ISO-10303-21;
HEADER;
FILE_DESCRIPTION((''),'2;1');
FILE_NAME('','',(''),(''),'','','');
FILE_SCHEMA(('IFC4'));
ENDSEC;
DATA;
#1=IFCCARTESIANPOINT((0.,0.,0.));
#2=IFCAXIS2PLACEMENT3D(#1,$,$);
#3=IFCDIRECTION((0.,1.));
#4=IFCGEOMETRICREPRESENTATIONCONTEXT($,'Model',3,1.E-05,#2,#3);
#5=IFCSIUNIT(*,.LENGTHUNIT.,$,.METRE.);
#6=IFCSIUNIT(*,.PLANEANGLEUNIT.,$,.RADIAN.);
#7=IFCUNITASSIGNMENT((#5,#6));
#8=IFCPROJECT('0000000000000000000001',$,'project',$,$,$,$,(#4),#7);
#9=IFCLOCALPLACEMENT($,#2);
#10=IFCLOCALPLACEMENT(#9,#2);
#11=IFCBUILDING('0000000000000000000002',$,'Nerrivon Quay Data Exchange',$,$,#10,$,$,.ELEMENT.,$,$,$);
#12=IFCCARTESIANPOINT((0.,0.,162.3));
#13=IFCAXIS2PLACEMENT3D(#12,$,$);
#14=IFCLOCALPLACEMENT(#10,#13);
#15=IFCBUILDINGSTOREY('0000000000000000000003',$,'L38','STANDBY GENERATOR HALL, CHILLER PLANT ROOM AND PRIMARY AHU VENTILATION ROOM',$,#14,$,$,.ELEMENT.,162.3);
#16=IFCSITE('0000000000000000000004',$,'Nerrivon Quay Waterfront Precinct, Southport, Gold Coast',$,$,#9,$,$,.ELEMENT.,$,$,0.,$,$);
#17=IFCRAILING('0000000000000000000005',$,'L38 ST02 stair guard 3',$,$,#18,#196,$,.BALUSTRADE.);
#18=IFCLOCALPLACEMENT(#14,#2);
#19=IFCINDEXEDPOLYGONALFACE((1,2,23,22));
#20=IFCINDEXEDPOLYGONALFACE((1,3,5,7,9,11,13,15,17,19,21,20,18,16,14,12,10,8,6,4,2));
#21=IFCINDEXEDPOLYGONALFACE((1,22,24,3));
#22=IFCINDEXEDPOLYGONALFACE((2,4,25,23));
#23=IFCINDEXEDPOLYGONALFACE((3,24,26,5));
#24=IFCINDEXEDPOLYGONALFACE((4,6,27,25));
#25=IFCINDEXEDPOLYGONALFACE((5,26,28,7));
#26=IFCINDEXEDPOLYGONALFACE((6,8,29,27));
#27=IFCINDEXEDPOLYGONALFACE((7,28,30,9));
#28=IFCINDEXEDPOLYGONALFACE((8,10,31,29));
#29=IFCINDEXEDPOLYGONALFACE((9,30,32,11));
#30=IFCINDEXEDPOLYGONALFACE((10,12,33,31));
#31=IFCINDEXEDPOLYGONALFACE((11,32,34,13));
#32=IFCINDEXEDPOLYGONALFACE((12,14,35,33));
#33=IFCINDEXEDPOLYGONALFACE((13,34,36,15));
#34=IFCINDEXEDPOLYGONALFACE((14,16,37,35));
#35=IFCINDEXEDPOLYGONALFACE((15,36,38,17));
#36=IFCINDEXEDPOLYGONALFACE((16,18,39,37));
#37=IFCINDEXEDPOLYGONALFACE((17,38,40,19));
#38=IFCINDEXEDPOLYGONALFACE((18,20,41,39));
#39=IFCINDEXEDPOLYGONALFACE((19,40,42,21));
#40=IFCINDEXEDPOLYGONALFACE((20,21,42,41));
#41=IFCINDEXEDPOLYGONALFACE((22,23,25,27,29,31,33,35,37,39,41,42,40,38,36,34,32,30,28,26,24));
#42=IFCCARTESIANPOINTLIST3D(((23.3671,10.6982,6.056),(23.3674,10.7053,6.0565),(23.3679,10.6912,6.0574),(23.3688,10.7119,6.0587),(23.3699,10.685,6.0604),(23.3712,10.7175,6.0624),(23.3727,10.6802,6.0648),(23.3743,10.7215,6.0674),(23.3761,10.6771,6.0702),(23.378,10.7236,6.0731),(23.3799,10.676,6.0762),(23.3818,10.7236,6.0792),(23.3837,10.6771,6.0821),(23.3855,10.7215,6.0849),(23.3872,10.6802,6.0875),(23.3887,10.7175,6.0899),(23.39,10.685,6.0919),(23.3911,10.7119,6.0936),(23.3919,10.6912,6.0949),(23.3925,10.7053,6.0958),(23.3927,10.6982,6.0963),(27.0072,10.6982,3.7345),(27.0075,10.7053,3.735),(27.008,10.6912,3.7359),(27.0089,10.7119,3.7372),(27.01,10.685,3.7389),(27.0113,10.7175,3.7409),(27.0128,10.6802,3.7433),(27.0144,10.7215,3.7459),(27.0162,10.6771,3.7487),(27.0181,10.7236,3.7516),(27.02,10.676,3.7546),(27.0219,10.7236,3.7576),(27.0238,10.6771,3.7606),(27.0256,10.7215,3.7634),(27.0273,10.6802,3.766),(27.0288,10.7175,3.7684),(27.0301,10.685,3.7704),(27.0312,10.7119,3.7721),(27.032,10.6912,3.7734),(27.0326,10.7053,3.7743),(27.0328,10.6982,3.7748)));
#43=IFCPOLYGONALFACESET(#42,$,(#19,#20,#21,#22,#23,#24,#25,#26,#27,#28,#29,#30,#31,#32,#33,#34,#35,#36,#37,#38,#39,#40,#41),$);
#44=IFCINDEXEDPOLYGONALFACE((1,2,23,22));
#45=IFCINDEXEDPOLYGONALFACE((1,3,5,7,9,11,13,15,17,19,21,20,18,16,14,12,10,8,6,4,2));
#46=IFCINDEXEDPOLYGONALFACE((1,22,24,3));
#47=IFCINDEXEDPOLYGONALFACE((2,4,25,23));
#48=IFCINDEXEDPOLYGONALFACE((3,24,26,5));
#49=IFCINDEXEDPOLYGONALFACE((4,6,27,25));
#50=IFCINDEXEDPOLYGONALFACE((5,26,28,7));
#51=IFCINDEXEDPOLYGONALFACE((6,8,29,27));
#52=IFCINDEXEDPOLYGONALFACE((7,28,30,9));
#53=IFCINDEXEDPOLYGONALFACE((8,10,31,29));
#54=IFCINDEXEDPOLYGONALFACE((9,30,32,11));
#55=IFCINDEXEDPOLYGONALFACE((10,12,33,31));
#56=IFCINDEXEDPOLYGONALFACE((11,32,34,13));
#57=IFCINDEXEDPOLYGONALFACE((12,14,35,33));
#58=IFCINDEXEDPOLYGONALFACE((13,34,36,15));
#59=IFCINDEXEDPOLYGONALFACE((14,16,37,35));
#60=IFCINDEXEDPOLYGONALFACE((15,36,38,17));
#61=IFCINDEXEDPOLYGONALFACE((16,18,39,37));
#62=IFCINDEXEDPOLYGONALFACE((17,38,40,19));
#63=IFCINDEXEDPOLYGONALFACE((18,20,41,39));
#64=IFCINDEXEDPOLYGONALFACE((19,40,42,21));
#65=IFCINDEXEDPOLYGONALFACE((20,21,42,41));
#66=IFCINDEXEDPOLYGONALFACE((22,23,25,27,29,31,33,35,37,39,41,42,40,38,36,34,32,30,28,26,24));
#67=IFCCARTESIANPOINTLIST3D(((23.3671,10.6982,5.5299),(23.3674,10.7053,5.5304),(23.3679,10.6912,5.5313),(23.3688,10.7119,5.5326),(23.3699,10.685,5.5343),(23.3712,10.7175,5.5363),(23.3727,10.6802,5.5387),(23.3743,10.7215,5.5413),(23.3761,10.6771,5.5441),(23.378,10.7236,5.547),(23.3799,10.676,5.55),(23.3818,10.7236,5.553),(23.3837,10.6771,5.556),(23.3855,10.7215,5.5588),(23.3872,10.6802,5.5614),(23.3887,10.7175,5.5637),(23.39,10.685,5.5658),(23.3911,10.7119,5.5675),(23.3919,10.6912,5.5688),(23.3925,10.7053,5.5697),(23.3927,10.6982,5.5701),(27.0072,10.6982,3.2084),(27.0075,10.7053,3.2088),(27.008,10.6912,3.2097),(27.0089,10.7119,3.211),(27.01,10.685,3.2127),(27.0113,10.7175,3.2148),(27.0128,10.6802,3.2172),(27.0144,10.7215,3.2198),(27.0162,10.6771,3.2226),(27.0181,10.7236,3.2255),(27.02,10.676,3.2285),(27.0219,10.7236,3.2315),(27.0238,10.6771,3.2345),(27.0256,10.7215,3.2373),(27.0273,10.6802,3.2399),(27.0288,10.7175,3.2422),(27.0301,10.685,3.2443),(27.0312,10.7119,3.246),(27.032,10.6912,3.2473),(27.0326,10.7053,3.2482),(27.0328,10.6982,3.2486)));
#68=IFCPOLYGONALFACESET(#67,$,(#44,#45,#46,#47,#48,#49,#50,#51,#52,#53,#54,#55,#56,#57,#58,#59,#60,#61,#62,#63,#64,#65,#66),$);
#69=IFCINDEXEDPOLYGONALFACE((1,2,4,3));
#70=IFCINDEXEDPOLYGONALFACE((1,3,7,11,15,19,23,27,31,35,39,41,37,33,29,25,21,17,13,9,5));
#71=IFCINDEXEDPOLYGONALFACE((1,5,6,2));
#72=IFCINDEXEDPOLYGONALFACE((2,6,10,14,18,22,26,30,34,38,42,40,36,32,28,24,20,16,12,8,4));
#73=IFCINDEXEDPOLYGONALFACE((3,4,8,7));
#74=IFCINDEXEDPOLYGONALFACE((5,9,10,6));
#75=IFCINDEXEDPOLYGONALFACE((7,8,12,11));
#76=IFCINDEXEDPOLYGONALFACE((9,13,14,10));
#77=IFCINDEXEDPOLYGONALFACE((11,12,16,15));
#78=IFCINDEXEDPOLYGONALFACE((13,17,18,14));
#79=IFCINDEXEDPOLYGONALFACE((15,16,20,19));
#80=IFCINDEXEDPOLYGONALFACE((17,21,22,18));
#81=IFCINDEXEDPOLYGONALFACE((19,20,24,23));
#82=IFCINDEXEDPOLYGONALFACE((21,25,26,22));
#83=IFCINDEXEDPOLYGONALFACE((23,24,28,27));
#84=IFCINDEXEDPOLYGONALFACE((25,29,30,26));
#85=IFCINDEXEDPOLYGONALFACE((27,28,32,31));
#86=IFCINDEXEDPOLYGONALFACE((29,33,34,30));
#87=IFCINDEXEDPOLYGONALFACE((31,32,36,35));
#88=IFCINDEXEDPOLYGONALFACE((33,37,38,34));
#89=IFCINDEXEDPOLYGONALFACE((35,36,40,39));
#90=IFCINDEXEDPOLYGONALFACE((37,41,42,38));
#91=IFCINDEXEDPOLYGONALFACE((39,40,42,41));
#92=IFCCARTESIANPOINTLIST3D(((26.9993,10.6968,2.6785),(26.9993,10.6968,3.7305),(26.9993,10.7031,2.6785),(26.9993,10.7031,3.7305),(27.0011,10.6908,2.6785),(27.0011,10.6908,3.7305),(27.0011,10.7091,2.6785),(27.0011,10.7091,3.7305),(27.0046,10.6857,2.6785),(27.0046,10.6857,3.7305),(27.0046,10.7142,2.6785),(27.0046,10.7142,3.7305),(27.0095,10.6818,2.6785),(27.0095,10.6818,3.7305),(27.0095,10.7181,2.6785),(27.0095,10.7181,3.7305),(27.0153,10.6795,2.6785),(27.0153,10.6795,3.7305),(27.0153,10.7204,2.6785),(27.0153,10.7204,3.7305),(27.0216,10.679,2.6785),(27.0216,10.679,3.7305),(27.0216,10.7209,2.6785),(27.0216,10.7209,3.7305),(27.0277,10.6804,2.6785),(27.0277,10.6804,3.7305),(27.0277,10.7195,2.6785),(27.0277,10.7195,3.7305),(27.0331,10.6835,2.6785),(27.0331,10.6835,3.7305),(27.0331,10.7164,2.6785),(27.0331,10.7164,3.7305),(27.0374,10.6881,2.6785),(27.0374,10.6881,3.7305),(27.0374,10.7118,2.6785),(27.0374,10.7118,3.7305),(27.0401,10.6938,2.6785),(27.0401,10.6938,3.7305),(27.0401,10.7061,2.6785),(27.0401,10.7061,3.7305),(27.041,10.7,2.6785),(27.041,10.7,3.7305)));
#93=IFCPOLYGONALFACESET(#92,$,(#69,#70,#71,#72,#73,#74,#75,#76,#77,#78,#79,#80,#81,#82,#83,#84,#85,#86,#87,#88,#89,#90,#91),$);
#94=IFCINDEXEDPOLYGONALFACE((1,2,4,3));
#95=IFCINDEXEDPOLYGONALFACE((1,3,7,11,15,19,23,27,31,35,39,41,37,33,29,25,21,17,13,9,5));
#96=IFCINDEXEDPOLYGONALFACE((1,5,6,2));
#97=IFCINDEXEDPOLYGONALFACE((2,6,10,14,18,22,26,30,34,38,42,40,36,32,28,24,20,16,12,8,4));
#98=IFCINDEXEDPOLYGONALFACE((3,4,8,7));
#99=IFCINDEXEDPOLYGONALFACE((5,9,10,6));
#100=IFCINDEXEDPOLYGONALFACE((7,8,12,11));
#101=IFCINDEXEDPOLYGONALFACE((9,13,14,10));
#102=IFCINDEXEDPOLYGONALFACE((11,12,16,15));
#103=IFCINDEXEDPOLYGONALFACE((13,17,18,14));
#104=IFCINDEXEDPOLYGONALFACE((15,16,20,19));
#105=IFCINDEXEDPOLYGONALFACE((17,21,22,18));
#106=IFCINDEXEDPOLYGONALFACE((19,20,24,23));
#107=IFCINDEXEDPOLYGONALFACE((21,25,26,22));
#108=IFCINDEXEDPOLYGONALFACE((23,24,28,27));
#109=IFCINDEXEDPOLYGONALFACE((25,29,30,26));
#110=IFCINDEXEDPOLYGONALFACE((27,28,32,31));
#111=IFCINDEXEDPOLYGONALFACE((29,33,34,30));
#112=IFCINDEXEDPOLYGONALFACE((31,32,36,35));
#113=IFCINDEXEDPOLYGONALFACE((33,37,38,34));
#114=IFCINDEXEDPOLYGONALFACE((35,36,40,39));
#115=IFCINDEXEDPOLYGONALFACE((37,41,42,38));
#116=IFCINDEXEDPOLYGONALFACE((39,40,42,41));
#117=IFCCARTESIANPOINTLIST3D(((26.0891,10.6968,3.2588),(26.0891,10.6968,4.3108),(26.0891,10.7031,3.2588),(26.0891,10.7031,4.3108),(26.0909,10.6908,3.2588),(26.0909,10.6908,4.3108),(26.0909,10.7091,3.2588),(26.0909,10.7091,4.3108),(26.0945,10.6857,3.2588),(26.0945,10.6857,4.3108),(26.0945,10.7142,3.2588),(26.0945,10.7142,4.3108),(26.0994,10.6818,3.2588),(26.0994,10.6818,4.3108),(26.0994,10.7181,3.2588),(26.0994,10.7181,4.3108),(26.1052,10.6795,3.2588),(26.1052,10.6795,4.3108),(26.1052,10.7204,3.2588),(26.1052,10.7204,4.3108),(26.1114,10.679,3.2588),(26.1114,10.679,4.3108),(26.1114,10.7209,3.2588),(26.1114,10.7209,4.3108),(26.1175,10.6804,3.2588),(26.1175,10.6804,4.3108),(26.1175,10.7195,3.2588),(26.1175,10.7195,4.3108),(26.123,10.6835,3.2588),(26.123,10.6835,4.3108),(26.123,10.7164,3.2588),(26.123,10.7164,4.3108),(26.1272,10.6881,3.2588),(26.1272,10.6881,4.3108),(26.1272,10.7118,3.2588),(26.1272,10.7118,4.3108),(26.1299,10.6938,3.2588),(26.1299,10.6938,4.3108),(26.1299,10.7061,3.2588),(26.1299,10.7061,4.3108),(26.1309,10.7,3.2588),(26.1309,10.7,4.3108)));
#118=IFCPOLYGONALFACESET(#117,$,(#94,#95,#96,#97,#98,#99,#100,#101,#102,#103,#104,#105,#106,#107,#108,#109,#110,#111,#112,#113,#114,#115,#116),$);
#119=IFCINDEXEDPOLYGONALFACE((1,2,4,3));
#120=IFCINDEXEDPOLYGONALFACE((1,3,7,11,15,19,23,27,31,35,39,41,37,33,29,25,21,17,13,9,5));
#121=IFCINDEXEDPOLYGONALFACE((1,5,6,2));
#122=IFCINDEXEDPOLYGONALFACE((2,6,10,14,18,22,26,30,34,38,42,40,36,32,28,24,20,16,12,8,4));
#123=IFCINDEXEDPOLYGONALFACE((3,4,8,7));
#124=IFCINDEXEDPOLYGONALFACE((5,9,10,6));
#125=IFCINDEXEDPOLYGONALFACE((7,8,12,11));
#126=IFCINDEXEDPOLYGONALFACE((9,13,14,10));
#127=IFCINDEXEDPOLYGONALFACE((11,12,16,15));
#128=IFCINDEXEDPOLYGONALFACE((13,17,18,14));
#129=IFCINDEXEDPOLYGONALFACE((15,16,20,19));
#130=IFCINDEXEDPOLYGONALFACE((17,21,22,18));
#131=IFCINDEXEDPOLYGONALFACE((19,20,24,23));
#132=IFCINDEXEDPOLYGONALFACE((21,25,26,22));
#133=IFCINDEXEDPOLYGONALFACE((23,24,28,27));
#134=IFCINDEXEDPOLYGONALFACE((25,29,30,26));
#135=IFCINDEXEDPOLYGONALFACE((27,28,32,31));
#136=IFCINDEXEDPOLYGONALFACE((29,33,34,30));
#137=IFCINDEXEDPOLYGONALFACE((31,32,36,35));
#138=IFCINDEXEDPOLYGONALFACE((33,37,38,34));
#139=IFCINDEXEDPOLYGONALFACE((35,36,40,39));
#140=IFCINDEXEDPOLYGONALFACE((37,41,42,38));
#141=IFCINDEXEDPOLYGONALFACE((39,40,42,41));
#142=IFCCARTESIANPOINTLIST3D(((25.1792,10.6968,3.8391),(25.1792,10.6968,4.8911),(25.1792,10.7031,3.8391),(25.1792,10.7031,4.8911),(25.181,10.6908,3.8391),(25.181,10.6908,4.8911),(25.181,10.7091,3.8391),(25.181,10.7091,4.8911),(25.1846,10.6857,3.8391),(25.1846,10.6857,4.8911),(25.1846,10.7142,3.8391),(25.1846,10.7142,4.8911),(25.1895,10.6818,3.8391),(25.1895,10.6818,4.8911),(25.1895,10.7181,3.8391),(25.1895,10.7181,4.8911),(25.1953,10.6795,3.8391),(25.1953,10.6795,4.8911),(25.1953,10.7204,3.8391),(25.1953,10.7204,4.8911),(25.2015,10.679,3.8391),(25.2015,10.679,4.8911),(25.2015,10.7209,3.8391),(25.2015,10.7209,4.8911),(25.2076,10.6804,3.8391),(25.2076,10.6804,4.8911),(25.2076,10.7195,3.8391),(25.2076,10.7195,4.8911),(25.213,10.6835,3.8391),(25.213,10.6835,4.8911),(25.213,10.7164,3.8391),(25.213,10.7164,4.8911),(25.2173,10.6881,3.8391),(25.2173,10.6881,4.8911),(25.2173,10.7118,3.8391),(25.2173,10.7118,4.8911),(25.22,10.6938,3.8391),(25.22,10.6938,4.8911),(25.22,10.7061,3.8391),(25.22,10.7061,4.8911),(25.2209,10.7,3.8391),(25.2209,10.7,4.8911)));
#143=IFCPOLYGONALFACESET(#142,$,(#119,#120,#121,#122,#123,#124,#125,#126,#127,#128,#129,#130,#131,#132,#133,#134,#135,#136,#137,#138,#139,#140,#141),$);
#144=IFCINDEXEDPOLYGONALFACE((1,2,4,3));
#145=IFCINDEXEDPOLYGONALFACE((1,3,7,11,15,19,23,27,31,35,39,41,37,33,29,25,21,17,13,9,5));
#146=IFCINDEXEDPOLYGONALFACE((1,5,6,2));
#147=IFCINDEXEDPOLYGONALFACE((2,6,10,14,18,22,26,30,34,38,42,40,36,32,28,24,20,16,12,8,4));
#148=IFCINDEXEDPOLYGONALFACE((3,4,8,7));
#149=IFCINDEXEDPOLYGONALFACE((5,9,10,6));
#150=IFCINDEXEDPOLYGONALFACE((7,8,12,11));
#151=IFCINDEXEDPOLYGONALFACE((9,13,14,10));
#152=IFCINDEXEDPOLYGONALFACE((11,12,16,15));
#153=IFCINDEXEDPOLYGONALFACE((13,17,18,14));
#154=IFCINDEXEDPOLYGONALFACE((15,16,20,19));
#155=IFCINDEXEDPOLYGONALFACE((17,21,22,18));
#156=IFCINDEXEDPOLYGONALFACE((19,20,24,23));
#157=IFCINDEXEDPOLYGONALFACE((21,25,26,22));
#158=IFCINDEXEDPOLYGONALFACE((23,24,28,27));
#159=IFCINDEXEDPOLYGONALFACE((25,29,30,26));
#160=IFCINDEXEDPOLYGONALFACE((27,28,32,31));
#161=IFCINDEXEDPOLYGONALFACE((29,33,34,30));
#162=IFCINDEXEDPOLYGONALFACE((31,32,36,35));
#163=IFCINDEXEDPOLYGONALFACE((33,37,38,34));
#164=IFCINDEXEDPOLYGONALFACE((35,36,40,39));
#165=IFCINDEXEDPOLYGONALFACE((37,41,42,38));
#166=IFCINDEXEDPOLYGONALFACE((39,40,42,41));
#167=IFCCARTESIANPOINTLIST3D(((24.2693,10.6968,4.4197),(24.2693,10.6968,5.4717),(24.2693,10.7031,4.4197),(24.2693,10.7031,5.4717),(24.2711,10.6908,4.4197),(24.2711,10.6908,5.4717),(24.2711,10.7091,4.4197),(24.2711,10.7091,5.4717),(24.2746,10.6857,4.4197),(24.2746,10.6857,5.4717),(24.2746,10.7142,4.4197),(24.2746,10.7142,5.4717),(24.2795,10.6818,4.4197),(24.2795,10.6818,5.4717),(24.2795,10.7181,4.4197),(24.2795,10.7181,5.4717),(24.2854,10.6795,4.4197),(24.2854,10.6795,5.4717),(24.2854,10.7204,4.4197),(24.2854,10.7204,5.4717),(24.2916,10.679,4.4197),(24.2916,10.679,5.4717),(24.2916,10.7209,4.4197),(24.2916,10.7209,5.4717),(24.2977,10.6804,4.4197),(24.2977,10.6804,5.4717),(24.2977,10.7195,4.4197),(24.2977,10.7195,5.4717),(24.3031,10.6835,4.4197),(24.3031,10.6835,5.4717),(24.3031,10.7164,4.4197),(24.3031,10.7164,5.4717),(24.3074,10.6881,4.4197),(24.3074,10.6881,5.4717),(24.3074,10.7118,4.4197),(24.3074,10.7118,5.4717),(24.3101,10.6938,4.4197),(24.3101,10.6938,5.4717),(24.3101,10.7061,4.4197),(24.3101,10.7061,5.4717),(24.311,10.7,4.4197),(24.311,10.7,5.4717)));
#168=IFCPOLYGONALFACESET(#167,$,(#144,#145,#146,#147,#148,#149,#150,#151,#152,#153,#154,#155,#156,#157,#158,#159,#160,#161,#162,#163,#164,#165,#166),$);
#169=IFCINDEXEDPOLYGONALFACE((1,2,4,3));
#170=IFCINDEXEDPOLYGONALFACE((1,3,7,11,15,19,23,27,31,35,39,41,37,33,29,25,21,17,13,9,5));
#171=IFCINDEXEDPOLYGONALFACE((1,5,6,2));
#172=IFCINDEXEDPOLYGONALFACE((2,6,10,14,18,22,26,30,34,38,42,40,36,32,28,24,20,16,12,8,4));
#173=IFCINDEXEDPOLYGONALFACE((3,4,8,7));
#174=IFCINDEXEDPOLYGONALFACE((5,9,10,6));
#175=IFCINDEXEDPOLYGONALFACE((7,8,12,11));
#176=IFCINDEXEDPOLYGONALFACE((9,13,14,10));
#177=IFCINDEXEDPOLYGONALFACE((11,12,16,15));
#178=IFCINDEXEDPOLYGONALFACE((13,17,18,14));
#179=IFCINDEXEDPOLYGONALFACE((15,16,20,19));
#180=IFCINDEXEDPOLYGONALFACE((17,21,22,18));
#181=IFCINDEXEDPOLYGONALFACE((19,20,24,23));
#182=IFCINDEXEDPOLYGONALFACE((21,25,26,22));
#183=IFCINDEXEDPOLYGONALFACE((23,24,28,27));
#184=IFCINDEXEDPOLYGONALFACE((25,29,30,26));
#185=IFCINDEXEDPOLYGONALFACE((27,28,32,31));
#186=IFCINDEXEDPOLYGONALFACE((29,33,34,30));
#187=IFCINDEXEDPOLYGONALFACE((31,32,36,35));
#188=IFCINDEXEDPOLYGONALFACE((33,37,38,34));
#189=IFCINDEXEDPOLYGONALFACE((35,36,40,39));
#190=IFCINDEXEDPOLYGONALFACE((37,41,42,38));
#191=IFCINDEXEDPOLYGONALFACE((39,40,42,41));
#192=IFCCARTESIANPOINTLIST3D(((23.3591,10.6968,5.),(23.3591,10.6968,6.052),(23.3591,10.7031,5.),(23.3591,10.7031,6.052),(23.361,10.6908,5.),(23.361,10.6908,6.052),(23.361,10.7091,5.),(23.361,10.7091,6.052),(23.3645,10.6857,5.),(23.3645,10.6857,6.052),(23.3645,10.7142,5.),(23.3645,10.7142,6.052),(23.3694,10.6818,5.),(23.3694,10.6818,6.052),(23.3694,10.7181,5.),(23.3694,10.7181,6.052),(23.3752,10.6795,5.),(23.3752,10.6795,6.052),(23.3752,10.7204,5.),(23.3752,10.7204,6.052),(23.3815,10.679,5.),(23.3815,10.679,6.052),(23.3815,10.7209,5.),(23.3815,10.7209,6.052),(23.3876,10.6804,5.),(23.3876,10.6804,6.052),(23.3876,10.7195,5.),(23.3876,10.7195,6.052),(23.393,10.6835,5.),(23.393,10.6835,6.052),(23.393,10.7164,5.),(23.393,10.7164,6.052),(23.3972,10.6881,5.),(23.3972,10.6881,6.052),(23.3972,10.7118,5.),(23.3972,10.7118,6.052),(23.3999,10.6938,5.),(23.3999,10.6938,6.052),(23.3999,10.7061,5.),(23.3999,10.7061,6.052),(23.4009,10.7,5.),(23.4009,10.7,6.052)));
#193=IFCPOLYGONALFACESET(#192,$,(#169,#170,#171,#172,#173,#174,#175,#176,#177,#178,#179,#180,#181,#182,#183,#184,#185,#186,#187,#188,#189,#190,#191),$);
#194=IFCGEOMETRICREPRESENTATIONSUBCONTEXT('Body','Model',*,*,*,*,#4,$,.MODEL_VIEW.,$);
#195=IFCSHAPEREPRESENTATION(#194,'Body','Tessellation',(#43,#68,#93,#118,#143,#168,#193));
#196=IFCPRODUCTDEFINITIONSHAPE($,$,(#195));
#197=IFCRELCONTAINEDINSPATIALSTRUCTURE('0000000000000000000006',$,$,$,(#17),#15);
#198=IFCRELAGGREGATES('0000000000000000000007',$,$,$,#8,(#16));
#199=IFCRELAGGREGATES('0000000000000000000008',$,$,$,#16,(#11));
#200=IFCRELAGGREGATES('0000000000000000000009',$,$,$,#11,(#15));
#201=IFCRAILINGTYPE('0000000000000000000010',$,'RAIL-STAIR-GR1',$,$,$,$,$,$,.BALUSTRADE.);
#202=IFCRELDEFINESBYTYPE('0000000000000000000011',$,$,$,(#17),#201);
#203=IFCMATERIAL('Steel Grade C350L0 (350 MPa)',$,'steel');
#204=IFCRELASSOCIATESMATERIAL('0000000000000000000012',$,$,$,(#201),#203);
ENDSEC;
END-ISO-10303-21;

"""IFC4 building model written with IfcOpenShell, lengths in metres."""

from ifc_helpers import new_model, si_unit, direction, frame, origin, origin_2d, place, context, subcontext, project, spatial, circle, extrude, material, type_object, element, save


model = new_model("IFC4")

# Units and contexts
model_context = context("Model", 3, precision=1e-05, world=origin(), true_north=direction((0.0, 1.0)))
body_context = subcontext(model_context, "Body", "Model", "MODEL_VIEW")
ifc_project = project(units=[si_unit("LENGTHUNIT", "METRE"), si_unit("PLANEANGLEUNIT", "RADIAN")], contexts=[model_context])

# Site, building, storey
site_placement = place(None, origin())
site = spatial("IfcSite", under=ifc_project, at=site_placement, Name="Nerrivon Quay Waterfront Precinct, Southport, Gold Coast", CompositionType="ELEMENT", RefElevation=0.0)
building_placement = place(site_placement, origin())
building = spatial("IfcBuilding", under=site, at=building_placement, Name="Nerrivon Quay Data Exchange", CompositionType="ELEMENT")
storey_placement = place(building_placement, frame((0.0, 0.0, 162.3)))
storey = spatial("IfcBuildingStorey", under=building, at=storey_placement, Name="L38", Description="STANDBY GENERATOR HALL, CHILLER PLANT ROOM AND PRIMARY AHU VENTILATION ROOM", CompositionType="ELEMENT", Elevation=162.3)

# Railing
ifc_material_1 = material(Name="Steel Grade C350L0 (350 MPa)", Category="steel")
railing_type_1 = type_object("IfcRailingType", Name="RAIL-STAIR-GR1", PredefinedType="BALUSTRADE", material=ifc_material_1)
railing_1_placement = place(storey_placement, frame((27.02, 10.7, 2.6785)))
element("IfcRailing", 1, at=railing_1_placement, inside=storey, type_object=railing_type_1, Name="L38 ST02 stair guard 3", PredefinedType="BALUSTRADE", context=body_context, shape_type="SweptSolid", body=[
    extrude(circle(Radius=0.0239, at=origin_2d()), frame((0.0, 0.0, 1.0762), z_axis=(-0.843128, 0.0, 0.537713), x_axis=(0.0, -1.0, 0.0)), (0.0, 0.0, 1.0), 4.3174),
    extrude(circle(Radius=0.0239, at=origin_2d()), frame((0.0, 0.0, 0.55), z_axis=(-0.843128, 0.0, 0.537713), x_axis=(0.0, -1.0, 0.0)), (0.0, 0.0, 1.0), 4.3174),
    extrude(circle(Radius=0.021, at=origin_2d()), origin(), (0.0, 0.0, 1.0), 1.052),
    extrude(circle(Radius=0.021, at=origin_2d()), frame((-0.9102, 0.0, 0.5803)), (0.0, 0.0, 1.0), 1.052),
    extrude(circle(Radius=0.021, at=origin_2d()), frame((-1.8201, 0.0, 1.1606)), (0.0, 0.0, 1.0), 1.052),
    extrude(circle(Radius=0.021, at=origin_2d()), frame((-2.73, 0.0, 1.7412)), (0.0, 0.0, 1.0), 1.052),
    extrude(circle(Radius=0.021, at=origin_2d()), frame((-3.6401, 0.0, 2.3215)), (0.0, 0.0, 1.0), 1.052),
])

save(model, "model.ifc")
